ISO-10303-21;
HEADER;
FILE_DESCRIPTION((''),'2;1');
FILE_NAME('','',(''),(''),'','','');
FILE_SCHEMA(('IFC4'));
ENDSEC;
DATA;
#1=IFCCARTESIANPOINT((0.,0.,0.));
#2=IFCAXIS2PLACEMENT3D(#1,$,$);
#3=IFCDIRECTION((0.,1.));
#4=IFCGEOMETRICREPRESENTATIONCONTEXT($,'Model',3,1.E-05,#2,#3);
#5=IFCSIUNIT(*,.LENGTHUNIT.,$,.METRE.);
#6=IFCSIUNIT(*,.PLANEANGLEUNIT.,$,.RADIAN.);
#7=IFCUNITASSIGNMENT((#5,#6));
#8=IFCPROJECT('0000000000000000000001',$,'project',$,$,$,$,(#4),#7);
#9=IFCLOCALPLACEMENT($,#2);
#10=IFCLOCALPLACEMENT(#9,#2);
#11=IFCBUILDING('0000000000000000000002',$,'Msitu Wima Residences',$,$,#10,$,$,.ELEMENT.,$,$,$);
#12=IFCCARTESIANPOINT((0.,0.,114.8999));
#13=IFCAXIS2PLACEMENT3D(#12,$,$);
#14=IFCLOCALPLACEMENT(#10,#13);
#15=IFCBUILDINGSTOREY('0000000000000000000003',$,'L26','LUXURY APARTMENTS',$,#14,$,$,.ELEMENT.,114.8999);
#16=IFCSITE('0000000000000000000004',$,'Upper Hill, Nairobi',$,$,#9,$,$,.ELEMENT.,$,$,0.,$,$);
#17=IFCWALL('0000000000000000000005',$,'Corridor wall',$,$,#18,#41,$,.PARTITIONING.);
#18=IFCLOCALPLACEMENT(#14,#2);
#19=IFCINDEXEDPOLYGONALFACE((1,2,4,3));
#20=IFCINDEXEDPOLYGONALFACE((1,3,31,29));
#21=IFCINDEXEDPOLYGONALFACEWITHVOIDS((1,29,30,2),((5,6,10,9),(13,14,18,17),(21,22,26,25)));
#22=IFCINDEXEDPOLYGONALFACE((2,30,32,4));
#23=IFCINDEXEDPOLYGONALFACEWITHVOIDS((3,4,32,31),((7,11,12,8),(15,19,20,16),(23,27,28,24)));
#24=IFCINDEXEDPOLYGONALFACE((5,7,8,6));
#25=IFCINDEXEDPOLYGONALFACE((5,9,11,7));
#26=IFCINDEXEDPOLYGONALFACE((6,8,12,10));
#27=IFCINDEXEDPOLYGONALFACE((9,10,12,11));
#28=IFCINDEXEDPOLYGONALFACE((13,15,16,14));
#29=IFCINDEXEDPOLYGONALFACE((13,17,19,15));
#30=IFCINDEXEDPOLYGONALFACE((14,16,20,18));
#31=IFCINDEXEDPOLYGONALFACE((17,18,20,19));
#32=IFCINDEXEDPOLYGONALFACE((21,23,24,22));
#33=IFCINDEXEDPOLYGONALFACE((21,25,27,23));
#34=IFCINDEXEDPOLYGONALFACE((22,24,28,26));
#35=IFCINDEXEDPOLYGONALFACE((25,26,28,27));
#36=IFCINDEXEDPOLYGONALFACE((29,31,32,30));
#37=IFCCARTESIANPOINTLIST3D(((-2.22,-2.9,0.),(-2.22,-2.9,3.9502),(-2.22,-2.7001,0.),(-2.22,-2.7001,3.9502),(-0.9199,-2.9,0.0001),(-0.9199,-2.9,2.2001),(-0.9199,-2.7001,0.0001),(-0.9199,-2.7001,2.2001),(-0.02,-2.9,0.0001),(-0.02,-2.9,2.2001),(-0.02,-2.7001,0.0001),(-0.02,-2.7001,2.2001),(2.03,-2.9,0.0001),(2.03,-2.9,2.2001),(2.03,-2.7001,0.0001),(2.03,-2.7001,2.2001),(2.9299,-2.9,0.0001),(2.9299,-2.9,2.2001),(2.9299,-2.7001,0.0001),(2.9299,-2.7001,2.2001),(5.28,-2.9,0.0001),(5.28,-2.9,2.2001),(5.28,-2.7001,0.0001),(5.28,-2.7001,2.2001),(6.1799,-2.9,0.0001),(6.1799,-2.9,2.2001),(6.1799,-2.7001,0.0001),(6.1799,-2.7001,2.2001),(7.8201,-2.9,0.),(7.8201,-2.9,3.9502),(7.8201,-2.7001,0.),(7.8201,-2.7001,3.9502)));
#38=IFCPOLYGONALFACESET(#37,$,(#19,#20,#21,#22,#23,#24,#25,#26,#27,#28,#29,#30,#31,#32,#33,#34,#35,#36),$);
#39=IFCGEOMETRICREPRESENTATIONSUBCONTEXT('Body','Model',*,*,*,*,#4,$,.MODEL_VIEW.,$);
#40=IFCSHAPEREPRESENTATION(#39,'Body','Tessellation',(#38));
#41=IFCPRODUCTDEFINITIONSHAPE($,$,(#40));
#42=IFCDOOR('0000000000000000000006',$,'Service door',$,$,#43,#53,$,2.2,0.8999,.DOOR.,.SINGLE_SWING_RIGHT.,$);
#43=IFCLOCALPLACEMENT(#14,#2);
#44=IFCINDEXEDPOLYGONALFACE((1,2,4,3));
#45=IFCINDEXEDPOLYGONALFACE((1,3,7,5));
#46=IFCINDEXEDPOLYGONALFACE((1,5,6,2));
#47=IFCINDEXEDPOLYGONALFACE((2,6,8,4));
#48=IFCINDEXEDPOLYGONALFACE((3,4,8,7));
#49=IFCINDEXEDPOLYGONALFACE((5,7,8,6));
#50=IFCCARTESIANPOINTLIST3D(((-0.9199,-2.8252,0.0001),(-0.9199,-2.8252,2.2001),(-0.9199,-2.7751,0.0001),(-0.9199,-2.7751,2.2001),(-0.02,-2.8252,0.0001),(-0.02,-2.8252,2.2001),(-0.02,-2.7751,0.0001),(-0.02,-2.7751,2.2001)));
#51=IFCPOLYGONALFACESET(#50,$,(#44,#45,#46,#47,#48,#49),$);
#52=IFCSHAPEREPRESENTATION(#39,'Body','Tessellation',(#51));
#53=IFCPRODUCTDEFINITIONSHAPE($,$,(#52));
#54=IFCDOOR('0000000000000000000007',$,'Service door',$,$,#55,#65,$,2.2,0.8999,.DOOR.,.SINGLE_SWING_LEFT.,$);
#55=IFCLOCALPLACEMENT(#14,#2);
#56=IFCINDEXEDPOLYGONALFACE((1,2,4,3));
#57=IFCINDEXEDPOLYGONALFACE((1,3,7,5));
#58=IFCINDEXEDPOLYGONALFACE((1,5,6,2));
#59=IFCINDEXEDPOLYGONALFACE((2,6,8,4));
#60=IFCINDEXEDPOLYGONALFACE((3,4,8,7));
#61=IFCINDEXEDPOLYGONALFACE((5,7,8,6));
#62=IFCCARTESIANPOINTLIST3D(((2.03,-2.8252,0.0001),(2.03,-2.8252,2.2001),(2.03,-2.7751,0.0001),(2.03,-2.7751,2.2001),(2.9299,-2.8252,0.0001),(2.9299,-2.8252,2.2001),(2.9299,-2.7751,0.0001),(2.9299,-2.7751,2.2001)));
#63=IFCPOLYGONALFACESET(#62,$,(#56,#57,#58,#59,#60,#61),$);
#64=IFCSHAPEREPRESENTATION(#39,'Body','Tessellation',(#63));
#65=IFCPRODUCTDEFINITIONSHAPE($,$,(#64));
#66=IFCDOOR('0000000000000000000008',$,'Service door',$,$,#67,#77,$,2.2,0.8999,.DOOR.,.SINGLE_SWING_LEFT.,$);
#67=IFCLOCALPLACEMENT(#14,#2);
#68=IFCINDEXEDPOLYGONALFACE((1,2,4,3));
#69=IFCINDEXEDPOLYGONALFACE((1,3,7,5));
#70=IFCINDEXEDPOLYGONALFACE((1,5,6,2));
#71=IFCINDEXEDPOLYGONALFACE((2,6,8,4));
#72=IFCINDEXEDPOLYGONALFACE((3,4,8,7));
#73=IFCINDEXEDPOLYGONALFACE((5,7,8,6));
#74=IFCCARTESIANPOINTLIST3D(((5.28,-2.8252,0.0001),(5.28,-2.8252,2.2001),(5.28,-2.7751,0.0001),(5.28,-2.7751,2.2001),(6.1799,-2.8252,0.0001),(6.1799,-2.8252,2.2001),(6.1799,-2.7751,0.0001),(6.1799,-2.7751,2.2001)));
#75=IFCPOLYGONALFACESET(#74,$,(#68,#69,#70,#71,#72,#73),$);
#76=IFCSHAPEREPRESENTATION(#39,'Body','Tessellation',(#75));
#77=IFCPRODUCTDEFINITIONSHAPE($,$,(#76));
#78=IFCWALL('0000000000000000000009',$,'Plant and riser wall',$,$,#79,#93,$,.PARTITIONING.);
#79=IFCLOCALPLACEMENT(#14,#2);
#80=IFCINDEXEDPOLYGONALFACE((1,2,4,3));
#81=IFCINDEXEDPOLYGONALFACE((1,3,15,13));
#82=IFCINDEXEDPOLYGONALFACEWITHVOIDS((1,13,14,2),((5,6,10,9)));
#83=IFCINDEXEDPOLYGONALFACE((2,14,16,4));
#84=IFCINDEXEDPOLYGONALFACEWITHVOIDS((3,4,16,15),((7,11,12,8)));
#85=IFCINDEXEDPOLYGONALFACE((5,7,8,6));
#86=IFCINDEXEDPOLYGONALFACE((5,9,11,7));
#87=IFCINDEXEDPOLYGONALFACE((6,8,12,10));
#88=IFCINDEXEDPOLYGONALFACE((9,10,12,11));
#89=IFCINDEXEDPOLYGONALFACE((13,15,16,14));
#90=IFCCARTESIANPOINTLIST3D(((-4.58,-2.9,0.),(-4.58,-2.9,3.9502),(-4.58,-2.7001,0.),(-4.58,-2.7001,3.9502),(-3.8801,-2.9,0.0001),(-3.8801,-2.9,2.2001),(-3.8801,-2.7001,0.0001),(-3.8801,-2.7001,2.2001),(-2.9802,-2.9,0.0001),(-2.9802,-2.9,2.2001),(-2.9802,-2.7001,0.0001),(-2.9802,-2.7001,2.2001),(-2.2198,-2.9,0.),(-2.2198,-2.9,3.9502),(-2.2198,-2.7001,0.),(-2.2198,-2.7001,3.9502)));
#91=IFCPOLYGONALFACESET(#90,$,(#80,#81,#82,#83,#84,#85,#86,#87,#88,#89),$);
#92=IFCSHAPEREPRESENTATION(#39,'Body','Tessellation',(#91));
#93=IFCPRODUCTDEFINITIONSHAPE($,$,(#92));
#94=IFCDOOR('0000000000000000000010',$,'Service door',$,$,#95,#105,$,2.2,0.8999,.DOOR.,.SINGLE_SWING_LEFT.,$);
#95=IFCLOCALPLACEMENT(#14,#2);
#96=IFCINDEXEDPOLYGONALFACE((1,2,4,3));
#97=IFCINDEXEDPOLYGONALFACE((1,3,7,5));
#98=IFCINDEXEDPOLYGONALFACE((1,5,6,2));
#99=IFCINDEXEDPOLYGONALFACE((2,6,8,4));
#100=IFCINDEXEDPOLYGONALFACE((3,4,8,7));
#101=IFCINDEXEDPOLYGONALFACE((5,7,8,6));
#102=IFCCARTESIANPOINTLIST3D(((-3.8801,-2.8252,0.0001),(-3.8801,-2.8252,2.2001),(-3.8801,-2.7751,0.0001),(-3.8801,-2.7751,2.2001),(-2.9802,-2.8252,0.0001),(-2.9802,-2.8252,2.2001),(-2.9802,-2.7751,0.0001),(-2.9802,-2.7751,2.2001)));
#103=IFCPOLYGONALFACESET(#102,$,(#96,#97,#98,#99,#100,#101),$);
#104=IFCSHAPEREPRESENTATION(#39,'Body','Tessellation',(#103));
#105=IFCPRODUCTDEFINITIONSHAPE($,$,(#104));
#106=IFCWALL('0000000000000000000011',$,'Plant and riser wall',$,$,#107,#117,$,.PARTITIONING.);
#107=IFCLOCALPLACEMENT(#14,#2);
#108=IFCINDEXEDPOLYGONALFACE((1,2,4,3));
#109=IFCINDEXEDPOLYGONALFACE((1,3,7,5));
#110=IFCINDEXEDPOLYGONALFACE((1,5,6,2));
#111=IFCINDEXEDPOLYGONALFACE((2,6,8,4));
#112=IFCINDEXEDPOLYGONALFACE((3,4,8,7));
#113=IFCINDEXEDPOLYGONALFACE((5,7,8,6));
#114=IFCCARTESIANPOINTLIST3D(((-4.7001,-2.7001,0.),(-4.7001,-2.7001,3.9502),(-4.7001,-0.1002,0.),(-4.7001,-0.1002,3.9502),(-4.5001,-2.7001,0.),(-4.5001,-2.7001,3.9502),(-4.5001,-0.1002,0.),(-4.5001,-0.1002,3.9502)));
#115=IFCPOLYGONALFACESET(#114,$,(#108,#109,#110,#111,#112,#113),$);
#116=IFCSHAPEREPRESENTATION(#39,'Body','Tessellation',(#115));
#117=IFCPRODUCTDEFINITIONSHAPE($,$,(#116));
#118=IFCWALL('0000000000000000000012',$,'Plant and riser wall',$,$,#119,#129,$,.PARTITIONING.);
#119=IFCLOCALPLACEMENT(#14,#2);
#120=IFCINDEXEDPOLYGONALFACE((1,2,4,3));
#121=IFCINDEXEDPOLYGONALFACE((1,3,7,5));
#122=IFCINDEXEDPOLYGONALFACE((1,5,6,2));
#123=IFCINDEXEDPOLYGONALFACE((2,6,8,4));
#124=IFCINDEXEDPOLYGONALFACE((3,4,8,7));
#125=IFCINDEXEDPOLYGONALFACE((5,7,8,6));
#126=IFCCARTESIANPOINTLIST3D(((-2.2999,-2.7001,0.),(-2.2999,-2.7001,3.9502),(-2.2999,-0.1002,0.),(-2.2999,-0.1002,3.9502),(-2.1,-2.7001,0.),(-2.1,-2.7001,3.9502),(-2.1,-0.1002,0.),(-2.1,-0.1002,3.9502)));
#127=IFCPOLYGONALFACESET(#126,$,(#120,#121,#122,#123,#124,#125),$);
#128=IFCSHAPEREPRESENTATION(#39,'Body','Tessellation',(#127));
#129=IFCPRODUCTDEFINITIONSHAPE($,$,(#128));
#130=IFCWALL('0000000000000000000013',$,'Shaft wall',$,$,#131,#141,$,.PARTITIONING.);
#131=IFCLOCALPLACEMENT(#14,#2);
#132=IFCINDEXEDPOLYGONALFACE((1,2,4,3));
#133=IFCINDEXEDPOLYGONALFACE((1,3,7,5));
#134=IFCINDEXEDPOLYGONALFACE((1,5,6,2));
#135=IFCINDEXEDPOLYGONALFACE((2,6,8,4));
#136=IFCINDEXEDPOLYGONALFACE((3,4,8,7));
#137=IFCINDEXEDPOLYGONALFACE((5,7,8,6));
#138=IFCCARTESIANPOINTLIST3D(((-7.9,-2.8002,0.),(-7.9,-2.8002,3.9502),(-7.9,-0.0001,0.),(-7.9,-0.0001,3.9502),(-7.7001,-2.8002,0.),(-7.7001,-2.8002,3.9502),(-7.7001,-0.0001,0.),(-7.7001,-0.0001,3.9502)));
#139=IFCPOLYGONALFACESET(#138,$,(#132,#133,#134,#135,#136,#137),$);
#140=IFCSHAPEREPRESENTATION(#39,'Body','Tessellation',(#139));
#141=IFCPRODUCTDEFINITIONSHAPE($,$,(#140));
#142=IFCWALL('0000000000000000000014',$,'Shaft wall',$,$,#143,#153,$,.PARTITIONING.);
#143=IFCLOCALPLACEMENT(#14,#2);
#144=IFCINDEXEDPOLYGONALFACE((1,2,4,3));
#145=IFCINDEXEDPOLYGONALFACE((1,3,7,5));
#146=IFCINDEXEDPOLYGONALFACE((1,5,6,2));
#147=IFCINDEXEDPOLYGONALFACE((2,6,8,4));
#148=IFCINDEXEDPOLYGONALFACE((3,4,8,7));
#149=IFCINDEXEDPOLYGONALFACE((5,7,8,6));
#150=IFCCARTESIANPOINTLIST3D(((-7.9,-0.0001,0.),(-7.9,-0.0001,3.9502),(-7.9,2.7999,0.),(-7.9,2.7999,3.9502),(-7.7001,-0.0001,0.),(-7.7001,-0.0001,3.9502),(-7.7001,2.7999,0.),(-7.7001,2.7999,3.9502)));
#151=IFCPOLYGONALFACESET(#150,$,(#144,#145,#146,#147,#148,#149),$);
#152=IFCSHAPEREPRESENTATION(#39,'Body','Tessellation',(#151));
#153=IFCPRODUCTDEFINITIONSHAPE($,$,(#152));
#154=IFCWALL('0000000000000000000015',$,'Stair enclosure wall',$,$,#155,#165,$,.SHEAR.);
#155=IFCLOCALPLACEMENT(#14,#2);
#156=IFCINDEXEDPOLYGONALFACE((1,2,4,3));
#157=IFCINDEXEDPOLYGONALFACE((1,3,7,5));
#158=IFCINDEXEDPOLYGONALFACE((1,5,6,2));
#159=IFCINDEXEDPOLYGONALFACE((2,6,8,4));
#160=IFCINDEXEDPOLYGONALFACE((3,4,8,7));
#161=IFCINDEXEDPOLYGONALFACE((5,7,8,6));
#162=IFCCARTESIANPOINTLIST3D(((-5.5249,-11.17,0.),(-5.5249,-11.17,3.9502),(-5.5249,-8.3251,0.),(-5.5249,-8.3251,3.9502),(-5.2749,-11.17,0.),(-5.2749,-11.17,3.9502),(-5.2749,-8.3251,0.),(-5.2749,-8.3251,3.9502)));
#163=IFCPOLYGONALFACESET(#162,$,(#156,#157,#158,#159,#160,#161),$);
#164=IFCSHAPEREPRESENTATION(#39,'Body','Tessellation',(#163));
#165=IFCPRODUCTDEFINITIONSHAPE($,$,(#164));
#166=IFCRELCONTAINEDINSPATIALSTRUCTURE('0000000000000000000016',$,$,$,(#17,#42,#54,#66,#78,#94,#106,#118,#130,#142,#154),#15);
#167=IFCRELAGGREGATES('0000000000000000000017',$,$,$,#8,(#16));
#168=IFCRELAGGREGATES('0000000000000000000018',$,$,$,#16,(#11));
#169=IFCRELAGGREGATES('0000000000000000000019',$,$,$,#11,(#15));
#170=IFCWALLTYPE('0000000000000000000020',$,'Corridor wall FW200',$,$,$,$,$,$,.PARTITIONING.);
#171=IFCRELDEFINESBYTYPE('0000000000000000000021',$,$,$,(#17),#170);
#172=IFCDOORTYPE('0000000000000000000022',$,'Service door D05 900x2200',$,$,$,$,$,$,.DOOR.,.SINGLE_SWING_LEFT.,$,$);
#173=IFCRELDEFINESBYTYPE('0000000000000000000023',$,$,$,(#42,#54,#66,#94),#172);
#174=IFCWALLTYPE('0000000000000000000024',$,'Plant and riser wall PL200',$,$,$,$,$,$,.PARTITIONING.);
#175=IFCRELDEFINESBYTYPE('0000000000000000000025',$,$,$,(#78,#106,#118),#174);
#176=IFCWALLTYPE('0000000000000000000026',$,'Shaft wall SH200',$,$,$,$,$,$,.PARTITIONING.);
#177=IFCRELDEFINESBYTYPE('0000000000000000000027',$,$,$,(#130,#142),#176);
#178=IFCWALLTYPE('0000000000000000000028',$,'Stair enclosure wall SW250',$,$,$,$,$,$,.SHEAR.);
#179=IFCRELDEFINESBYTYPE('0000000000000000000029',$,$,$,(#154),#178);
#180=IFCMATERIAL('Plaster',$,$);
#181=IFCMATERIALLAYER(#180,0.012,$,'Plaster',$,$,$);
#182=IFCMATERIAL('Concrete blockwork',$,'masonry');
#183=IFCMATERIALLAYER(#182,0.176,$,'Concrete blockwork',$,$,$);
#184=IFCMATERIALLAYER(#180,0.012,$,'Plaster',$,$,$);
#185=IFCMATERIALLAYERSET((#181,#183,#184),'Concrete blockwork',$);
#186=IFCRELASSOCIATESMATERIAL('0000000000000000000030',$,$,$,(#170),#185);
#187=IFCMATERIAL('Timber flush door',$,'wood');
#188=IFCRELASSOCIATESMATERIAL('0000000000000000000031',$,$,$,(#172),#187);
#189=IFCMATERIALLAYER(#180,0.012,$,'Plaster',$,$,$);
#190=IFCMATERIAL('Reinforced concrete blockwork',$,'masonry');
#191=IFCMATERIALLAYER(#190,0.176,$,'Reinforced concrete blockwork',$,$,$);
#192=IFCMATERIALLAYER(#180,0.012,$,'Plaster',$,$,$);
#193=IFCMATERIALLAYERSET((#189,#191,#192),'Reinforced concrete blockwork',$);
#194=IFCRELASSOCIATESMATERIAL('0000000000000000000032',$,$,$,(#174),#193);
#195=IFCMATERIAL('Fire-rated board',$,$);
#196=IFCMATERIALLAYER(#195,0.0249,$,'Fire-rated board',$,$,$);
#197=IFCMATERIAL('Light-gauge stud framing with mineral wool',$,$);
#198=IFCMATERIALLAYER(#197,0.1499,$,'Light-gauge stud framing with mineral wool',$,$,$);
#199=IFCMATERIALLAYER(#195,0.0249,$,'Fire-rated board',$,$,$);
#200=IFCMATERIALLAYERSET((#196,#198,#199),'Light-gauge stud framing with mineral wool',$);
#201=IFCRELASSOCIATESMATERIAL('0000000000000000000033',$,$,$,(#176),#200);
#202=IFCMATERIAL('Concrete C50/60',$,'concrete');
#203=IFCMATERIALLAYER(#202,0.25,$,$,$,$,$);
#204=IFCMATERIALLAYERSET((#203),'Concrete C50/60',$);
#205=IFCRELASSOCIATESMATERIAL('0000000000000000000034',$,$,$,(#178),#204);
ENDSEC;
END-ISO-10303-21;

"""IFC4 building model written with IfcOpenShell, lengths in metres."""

from ifc_helpers import new_model, si_unit, direction, frame, frame_2d, origin, place, context, subcontext, project, spatial, rectangle, extrude, material, layer, layer_set, type_object, element, fill, save


model = new_model("IFC4")

# Units and contexts
model_context = context("Model", 3, precision=1e-05, world=origin(), true_north=direction((0.0, 1.0)))
body_context = subcontext(model_context, "Body", "Model", "MODEL_VIEW")
ifc_project = project(units=[si_unit("LENGTHUNIT", "METRE"), si_unit("PLANEANGLEUNIT", "RADIAN")], contexts=[model_context])

# Site, building, storey
site_placement = place(None, origin())
site = spatial("IfcSite", under=ifc_project, at=site_placement, Name="Upper Hill, Nairobi", CompositionType="ELEMENT", RefElevation=0.0)
building_placement = place(site_placement, origin())
building = spatial("IfcBuilding", under=site, at=building_placement, Name="Msitu Wima Residences", CompositionType="ELEMENT")
storey_placement = place(building_placement, frame((0.0, 0.0, 114.8999)))
storey = spatial("IfcBuildingStorey", under=building, at=storey_placement, Name="L26", Description="LUXURY APARTMENTS", CompositionType="ELEMENT", Elevation=114.8999)

# Shared definitions
ifc_material_1 = material(Name="Plaster")
ifc_layer_1 = layer(ifc_material_1, 0.012, Name="Plaster")
ifc_material_2 = material(Name="Concrete blockwork", Category="masonry")
ifc_layer_2 = layer(ifc_material_2, 0.176, Name="Concrete blockwork")
ifc_layer_3 = layer(ifc_material_1, 0.012, Name="Plaster")
ifc_layer_set_1 = layer_set([ifc_layer_1, ifc_layer_2, ifc_layer_3], Name="Concrete blockwork")
wall_type_1 = type_object("IfcWallType", Name="Corridor wall FW200", PredefinedType="PARTITIONING", material=ifc_layer_set_1)
ifc_material_3 = material(Name="Timber flush door", Category="wood")
door_type_1 = type_object("IfcDoorType", Name="Service door D05 900x2200", OperationType="SINGLE_SWING_LEFT", PredefinedType="DOOR", material=ifc_material_3)

# Wall, openings, doors
wall_1_placement = place(storey_placement, frame((-2.22, -2.8, 0.0), z_axis=(0.0, 0.0, 1.0), x_axis=(1.0, 0.0, 0.0)))
wall_1 = element("IfcWall", 1, at=wall_1_placement, inside=storey, type_object=wall_type_1, Name="Corridor wall", PredefinedType="PARTITIONING", context=body_context, shape_type="SweptSolid", body=[
    extrude(rectangle(XDim=10.04, YDim=0.2, at=frame_2d((5.02, 0.0))), origin(), (0.0, 0.0, 1.0), 3.9502),
])
opening_1_placement = place(wall_1_placement, frame((1.3, 0.0, 0.0)))
opening_1 = element("IfcOpeningElement", 2, at=opening_1_placement, cuts=wall_1, PredefinedType="OPENING", context=body_context, shape_type="SweptSolid", body=[
    extrude(rectangle(XDim=0.8999, YDim=2.2, at=frame_2d((0.45, 1.1001))), frame((0.0, 0.1099, 0.0), z_axis=(0.0, -1.0, 0.0), x_axis=(1.0, 0.0, 0.0)), (0.0, 0.0, 1.0), 0.22),
])
opening_2_placement = place(wall_1_placement, frame((4.25, 0.0, 0.0)))
opening_2 = element("IfcOpeningElement", 3, at=opening_2_placement, cuts=wall_1, PredefinedType="OPENING", context=body_context, shape_type="SweptSolid", body=[
    extrude(rectangle(XDim=0.8999, YDim=2.2, at=frame_2d((0.45, 1.1001))), frame((0.0, 0.1099, 0.0), z_axis=(0.0, -1.0, 0.0), x_axis=(1.0, 0.0, 0.0)), (0.0, 0.0, 1.0), 0.22),
])
opening_3_placement = place(wall_1_placement, frame((7.5, 0.0, 0.0)))
opening_3 = element("IfcOpeningElement", 4, at=opening_3_placement, cuts=wall_1, PredefinedType="OPENING", context=body_context, shape_type="SweptSolid", body=[
    extrude(rectangle(XDim=0.8999, YDim=2.2, at=frame_2d((0.45, 1.1001))), frame((0.0, 0.1099, 0.0), z_axis=(0.0, -1.0, 0.0), x_axis=(1.0, 0.0, 0.0)), (0.0, 0.0, 1.0), 0.22),
])
door_1_placement = place(opening_1_placement, origin())
door_1 = element("IfcDoor", 5, at=door_1_placement, inside=storey, type_object=door_type_1, Name="Service door", OperationType="SINGLE_SWING_RIGHT", OverallHeight=2.2, OverallWidth=0.8999, PredefinedType="DOOR", context=body_context, shape_type="SweptSolid", body=[
    extrude(rectangle(XDim=0.8999, YDim=2.2, at=frame_2d((0.45, 1.1001))), frame((0.0, 0.0249, 0.0), z_axis=(0.0, -1.0, 0.0), x_axis=(1.0, 0.0, 0.0)), (0.0, 0.0, 1.0), 0.05),
])
fill(opening_1, door_1)
door_2_placement = place(opening_2_placement, origin())
door_2 = element("IfcDoor", 6, at=door_2_placement, inside=storey, type_object=door_type_1, Name="Service door", OperationType="SINGLE_SWING_LEFT", OverallHeight=2.2, OverallWidth=0.8999, PredefinedType="DOOR", context=body_context, shape_type="SweptSolid", body=[
    extrude(rectangle(XDim=0.8999, YDim=2.2, at=frame_2d((0.45, 1.1001))), frame((0.0, 0.0249, 0.0), z_axis=(0.0, -1.0, 0.0), x_axis=(1.0, 0.0, 0.0)), (0.0, 0.0, 1.0), 0.05),
])
fill(opening_2, door_2)
door_3_placement = place(opening_3_placement, origin())
door_3 = element("IfcDoor", 7, at=door_3_placement, inside=storey, type_object=door_type_1, Name="Service door", OperationType="SINGLE_SWING_LEFT", OverallHeight=2.2, OverallWidth=0.8999, PredefinedType="DOOR", context=body_context, shape_type="SweptSolid", body=[
    extrude(rectangle(XDim=0.8999, YDim=2.2, at=frame_2d((0.45, 1.1001))), frame((0.0, 0.0249, 0.0), z_axis=(0.0, -1.0, 0.0), x_axis=(1.0, 0.0, 0.0)), (0.0, 0.0, 1.0), 0.05),
])
fill(opening_3, door_3)

# Wall, opening, door
ifc_layer_4 = layer(ifc_material_1, 0.012, Name="Plaster")
ifc_material_4 = material(Name="Reinforced concrete blockwork", Category="masonry")
ifc_layer_5 = layer(ifc_material_4, 0.176, Name="Reinforced concrete blockwork")
ifc_layer_6 = layer(ifc_material_1, 0.012, Name="Plaster")
ifc_layer_set_2 = layer_set([ifc_layer_4, ifc_layer_5, ifc_layer_6], Name="Reinforced concrete blockwork")
wall_type_2 = type_object("IfcWallType", Name="Plant and riser wall PL200", PredefinedType="PARTITIONING", material=ifc_layer_set_2)
wall_2_placement = place(storey_placement, frame((-4.5801, -2.8, 0.0), z_axis=(0.0, 0.0, 1.0), x_axis=(1.0, 0.0, 0.0)))
wall_2 = element("IfcWall", 8, at=wall_2_placement, inside=storey, type_object=wall_type_2, Name="Plant and riser wall", PredefinedType="PARTITIONING", context=body_context, shape_type="SweptSolid", body=[
    extrude(rectangle(XDim=2.3601, YDim=0.2, at=frame_2d((1.1802, 0.0))), origin(), (0.0, 0.0, 1.0), 3.9502),
])
opening_4_placement = place(wall_2_placement, frame((0.7, 0.0, 0.0)))
opening_4 = element("IfcOpeningElement", 9, at=opening_4_placement, cuts=wall_2, PredefinedType="OPENING", context=body_context, shape_type="SweptSolid", body=[
    extrude(rectangle(XDim=0.8999, YDim=2.2, at=frame_2d((0.45, 1.1001))), frame((0.0, 0.1099, 0.0), z_axis=(0.0, -1.0, 0.0), x_axis=(1.0, 0.0, 0.0)), (0.0, 0.0, 1.0), 0.22),
])
door_4_placement = place(opening_4_placement, origin())
door_4 = element("IfcDoor", 10, at=door_4_placement, inside=storey, type_object=door_type_1, Name="Service door", OperationType="SINGLE_SWING_LEFT", OverallHeight=2.2, OverallWidth=0.8999, PredefinedType="DOOR", context=body_context, shape_type="SweptSolid", body=[
    extrude(rectangle(XDim=0.8999, YDim=2.2, at=frame_2d((0.45, 1.1001))), frame((0.0, 0.0249, 0.0), z_axis=(0.0, -1.0, 0.0), x_axis=(1.0, 0.0, 0.0)), (0.0, 0.0, 1.0), 0.05),
])
fill(opening_4, door_4)

# Walls
for number, where, z_axis, x_axis, name in (
    (11, (-4.6001, -2.7, 0.0), (0.0, 0.0, 1.0), (0.0, 1.0, 0.0), "Plant and riser wall"),
    (12, (-2.2, -2.7, 0.0), (0.0, 0.0, 1.0), (0.0, 1.0, 0.0), "Plant and riser wall"),
):
    element("IfcWall", number, at=place(storey_placement, frame(where, z_axis=z_axis, x_axis=x_axis)), inside=storey, type_object=wall_type_2, Name=name, PredefinedType="PARTITIONING", context=body_context, shape_type="SweptSolid", body=[
        extrude(rectangle(XDim=2.5999, YDim=0.2, at=frame_2d((1.2998, 0.0))), origin(), (0.0, 0.0, 1.0), 3.9502),
    ])
ifc_material_5 = material(Name="Fire-rated board")
ifc_layer_7 = layer(ifc_material_5, 0.0249, Name="Fire-rated board")
ifc_material_6 = material(Name="Light-gauge stud framing with mineral wool")
ifc_layer_8 = layer(ifc_material_6, 0.1499, Name="Light-gauge stud framing with mineral wool")
ifc_layer_9 = layer(ifc_material_5, 0.0249, Name="Fire-rated board")
ifc_layer_set_3 = layer_set([ifc_layer_7, ifc_layer_8, ifc_layer_9], Name="Light-gauge stud framing with mineral wool")
wall_type_3 = type_object("IfcWallType", Name="Shaft wall SH200", PredefinedType="PARTITIONING", material=ifc_layer_set_3)
for number, where, z_axis, x_axis, name in (
    (13, (-7.8, -2.8, 0.0), (0.0, 0.0, 1.0), (0.0, 1.0, 0.0), "Shaft wall"),
    (14, (-7.8, 0.0, 0.0), (0.0, 0.0, 1.0), (0.0, 1.0, 0.0), "Shaft wall"),
):
    element("IfcWall", number, at=place(storey_placement, frame(where, z_axis=z_axis, x_axis=x_axis)), inside=storey, type_object=wall_type_3, Name=name, PredefinedType="PARTITIONING", context=body_context, shape_type="SweptSolid", body=[
        extrude(rectangle(XDim=2.8, YDim=0.2, at=frame_2d((1.3999, 0.0))), origin(), (0.0, 0.0, 1.0), 3.9502),
    ])
ifc_material_7 = material(Name="Concrete C50/60", Category="concrete")
ifc_layer_10 = layer(ifc_material_7, 0.25)
ifc_layer_set_4 = layer_set([ifc_layer_10], Name="Concrete C50/60")
wall_type_4 = type_object("IfcWallType", Name="Stair enclosure wall SW250", PredefinedType="SHEAR", material=ifc_layer_set_4)
wall_3_placement = place(storey_placement, frame((-5.3999, -11.1699, 0.0), z_axis=(0.0, 0.0, 1.0), x_axis=(0.0, 1.0, 0.0)))
element("IfcWall", 15, at=wall_3_placement, inside=storey, type_object=wall_type_4, Name="Stair enclosure wall", PredefinedType="SHEAR", context=body_context, shape_type="SweptSolid", body=[
    extrude(rectangle(XDim=2.845, YDim=0.25, at=frame_2d((1.4224, 0.0))), origin(), (0.0, 0.0, 1.0), 3.9502),
])

save(model, "model.ifc")
